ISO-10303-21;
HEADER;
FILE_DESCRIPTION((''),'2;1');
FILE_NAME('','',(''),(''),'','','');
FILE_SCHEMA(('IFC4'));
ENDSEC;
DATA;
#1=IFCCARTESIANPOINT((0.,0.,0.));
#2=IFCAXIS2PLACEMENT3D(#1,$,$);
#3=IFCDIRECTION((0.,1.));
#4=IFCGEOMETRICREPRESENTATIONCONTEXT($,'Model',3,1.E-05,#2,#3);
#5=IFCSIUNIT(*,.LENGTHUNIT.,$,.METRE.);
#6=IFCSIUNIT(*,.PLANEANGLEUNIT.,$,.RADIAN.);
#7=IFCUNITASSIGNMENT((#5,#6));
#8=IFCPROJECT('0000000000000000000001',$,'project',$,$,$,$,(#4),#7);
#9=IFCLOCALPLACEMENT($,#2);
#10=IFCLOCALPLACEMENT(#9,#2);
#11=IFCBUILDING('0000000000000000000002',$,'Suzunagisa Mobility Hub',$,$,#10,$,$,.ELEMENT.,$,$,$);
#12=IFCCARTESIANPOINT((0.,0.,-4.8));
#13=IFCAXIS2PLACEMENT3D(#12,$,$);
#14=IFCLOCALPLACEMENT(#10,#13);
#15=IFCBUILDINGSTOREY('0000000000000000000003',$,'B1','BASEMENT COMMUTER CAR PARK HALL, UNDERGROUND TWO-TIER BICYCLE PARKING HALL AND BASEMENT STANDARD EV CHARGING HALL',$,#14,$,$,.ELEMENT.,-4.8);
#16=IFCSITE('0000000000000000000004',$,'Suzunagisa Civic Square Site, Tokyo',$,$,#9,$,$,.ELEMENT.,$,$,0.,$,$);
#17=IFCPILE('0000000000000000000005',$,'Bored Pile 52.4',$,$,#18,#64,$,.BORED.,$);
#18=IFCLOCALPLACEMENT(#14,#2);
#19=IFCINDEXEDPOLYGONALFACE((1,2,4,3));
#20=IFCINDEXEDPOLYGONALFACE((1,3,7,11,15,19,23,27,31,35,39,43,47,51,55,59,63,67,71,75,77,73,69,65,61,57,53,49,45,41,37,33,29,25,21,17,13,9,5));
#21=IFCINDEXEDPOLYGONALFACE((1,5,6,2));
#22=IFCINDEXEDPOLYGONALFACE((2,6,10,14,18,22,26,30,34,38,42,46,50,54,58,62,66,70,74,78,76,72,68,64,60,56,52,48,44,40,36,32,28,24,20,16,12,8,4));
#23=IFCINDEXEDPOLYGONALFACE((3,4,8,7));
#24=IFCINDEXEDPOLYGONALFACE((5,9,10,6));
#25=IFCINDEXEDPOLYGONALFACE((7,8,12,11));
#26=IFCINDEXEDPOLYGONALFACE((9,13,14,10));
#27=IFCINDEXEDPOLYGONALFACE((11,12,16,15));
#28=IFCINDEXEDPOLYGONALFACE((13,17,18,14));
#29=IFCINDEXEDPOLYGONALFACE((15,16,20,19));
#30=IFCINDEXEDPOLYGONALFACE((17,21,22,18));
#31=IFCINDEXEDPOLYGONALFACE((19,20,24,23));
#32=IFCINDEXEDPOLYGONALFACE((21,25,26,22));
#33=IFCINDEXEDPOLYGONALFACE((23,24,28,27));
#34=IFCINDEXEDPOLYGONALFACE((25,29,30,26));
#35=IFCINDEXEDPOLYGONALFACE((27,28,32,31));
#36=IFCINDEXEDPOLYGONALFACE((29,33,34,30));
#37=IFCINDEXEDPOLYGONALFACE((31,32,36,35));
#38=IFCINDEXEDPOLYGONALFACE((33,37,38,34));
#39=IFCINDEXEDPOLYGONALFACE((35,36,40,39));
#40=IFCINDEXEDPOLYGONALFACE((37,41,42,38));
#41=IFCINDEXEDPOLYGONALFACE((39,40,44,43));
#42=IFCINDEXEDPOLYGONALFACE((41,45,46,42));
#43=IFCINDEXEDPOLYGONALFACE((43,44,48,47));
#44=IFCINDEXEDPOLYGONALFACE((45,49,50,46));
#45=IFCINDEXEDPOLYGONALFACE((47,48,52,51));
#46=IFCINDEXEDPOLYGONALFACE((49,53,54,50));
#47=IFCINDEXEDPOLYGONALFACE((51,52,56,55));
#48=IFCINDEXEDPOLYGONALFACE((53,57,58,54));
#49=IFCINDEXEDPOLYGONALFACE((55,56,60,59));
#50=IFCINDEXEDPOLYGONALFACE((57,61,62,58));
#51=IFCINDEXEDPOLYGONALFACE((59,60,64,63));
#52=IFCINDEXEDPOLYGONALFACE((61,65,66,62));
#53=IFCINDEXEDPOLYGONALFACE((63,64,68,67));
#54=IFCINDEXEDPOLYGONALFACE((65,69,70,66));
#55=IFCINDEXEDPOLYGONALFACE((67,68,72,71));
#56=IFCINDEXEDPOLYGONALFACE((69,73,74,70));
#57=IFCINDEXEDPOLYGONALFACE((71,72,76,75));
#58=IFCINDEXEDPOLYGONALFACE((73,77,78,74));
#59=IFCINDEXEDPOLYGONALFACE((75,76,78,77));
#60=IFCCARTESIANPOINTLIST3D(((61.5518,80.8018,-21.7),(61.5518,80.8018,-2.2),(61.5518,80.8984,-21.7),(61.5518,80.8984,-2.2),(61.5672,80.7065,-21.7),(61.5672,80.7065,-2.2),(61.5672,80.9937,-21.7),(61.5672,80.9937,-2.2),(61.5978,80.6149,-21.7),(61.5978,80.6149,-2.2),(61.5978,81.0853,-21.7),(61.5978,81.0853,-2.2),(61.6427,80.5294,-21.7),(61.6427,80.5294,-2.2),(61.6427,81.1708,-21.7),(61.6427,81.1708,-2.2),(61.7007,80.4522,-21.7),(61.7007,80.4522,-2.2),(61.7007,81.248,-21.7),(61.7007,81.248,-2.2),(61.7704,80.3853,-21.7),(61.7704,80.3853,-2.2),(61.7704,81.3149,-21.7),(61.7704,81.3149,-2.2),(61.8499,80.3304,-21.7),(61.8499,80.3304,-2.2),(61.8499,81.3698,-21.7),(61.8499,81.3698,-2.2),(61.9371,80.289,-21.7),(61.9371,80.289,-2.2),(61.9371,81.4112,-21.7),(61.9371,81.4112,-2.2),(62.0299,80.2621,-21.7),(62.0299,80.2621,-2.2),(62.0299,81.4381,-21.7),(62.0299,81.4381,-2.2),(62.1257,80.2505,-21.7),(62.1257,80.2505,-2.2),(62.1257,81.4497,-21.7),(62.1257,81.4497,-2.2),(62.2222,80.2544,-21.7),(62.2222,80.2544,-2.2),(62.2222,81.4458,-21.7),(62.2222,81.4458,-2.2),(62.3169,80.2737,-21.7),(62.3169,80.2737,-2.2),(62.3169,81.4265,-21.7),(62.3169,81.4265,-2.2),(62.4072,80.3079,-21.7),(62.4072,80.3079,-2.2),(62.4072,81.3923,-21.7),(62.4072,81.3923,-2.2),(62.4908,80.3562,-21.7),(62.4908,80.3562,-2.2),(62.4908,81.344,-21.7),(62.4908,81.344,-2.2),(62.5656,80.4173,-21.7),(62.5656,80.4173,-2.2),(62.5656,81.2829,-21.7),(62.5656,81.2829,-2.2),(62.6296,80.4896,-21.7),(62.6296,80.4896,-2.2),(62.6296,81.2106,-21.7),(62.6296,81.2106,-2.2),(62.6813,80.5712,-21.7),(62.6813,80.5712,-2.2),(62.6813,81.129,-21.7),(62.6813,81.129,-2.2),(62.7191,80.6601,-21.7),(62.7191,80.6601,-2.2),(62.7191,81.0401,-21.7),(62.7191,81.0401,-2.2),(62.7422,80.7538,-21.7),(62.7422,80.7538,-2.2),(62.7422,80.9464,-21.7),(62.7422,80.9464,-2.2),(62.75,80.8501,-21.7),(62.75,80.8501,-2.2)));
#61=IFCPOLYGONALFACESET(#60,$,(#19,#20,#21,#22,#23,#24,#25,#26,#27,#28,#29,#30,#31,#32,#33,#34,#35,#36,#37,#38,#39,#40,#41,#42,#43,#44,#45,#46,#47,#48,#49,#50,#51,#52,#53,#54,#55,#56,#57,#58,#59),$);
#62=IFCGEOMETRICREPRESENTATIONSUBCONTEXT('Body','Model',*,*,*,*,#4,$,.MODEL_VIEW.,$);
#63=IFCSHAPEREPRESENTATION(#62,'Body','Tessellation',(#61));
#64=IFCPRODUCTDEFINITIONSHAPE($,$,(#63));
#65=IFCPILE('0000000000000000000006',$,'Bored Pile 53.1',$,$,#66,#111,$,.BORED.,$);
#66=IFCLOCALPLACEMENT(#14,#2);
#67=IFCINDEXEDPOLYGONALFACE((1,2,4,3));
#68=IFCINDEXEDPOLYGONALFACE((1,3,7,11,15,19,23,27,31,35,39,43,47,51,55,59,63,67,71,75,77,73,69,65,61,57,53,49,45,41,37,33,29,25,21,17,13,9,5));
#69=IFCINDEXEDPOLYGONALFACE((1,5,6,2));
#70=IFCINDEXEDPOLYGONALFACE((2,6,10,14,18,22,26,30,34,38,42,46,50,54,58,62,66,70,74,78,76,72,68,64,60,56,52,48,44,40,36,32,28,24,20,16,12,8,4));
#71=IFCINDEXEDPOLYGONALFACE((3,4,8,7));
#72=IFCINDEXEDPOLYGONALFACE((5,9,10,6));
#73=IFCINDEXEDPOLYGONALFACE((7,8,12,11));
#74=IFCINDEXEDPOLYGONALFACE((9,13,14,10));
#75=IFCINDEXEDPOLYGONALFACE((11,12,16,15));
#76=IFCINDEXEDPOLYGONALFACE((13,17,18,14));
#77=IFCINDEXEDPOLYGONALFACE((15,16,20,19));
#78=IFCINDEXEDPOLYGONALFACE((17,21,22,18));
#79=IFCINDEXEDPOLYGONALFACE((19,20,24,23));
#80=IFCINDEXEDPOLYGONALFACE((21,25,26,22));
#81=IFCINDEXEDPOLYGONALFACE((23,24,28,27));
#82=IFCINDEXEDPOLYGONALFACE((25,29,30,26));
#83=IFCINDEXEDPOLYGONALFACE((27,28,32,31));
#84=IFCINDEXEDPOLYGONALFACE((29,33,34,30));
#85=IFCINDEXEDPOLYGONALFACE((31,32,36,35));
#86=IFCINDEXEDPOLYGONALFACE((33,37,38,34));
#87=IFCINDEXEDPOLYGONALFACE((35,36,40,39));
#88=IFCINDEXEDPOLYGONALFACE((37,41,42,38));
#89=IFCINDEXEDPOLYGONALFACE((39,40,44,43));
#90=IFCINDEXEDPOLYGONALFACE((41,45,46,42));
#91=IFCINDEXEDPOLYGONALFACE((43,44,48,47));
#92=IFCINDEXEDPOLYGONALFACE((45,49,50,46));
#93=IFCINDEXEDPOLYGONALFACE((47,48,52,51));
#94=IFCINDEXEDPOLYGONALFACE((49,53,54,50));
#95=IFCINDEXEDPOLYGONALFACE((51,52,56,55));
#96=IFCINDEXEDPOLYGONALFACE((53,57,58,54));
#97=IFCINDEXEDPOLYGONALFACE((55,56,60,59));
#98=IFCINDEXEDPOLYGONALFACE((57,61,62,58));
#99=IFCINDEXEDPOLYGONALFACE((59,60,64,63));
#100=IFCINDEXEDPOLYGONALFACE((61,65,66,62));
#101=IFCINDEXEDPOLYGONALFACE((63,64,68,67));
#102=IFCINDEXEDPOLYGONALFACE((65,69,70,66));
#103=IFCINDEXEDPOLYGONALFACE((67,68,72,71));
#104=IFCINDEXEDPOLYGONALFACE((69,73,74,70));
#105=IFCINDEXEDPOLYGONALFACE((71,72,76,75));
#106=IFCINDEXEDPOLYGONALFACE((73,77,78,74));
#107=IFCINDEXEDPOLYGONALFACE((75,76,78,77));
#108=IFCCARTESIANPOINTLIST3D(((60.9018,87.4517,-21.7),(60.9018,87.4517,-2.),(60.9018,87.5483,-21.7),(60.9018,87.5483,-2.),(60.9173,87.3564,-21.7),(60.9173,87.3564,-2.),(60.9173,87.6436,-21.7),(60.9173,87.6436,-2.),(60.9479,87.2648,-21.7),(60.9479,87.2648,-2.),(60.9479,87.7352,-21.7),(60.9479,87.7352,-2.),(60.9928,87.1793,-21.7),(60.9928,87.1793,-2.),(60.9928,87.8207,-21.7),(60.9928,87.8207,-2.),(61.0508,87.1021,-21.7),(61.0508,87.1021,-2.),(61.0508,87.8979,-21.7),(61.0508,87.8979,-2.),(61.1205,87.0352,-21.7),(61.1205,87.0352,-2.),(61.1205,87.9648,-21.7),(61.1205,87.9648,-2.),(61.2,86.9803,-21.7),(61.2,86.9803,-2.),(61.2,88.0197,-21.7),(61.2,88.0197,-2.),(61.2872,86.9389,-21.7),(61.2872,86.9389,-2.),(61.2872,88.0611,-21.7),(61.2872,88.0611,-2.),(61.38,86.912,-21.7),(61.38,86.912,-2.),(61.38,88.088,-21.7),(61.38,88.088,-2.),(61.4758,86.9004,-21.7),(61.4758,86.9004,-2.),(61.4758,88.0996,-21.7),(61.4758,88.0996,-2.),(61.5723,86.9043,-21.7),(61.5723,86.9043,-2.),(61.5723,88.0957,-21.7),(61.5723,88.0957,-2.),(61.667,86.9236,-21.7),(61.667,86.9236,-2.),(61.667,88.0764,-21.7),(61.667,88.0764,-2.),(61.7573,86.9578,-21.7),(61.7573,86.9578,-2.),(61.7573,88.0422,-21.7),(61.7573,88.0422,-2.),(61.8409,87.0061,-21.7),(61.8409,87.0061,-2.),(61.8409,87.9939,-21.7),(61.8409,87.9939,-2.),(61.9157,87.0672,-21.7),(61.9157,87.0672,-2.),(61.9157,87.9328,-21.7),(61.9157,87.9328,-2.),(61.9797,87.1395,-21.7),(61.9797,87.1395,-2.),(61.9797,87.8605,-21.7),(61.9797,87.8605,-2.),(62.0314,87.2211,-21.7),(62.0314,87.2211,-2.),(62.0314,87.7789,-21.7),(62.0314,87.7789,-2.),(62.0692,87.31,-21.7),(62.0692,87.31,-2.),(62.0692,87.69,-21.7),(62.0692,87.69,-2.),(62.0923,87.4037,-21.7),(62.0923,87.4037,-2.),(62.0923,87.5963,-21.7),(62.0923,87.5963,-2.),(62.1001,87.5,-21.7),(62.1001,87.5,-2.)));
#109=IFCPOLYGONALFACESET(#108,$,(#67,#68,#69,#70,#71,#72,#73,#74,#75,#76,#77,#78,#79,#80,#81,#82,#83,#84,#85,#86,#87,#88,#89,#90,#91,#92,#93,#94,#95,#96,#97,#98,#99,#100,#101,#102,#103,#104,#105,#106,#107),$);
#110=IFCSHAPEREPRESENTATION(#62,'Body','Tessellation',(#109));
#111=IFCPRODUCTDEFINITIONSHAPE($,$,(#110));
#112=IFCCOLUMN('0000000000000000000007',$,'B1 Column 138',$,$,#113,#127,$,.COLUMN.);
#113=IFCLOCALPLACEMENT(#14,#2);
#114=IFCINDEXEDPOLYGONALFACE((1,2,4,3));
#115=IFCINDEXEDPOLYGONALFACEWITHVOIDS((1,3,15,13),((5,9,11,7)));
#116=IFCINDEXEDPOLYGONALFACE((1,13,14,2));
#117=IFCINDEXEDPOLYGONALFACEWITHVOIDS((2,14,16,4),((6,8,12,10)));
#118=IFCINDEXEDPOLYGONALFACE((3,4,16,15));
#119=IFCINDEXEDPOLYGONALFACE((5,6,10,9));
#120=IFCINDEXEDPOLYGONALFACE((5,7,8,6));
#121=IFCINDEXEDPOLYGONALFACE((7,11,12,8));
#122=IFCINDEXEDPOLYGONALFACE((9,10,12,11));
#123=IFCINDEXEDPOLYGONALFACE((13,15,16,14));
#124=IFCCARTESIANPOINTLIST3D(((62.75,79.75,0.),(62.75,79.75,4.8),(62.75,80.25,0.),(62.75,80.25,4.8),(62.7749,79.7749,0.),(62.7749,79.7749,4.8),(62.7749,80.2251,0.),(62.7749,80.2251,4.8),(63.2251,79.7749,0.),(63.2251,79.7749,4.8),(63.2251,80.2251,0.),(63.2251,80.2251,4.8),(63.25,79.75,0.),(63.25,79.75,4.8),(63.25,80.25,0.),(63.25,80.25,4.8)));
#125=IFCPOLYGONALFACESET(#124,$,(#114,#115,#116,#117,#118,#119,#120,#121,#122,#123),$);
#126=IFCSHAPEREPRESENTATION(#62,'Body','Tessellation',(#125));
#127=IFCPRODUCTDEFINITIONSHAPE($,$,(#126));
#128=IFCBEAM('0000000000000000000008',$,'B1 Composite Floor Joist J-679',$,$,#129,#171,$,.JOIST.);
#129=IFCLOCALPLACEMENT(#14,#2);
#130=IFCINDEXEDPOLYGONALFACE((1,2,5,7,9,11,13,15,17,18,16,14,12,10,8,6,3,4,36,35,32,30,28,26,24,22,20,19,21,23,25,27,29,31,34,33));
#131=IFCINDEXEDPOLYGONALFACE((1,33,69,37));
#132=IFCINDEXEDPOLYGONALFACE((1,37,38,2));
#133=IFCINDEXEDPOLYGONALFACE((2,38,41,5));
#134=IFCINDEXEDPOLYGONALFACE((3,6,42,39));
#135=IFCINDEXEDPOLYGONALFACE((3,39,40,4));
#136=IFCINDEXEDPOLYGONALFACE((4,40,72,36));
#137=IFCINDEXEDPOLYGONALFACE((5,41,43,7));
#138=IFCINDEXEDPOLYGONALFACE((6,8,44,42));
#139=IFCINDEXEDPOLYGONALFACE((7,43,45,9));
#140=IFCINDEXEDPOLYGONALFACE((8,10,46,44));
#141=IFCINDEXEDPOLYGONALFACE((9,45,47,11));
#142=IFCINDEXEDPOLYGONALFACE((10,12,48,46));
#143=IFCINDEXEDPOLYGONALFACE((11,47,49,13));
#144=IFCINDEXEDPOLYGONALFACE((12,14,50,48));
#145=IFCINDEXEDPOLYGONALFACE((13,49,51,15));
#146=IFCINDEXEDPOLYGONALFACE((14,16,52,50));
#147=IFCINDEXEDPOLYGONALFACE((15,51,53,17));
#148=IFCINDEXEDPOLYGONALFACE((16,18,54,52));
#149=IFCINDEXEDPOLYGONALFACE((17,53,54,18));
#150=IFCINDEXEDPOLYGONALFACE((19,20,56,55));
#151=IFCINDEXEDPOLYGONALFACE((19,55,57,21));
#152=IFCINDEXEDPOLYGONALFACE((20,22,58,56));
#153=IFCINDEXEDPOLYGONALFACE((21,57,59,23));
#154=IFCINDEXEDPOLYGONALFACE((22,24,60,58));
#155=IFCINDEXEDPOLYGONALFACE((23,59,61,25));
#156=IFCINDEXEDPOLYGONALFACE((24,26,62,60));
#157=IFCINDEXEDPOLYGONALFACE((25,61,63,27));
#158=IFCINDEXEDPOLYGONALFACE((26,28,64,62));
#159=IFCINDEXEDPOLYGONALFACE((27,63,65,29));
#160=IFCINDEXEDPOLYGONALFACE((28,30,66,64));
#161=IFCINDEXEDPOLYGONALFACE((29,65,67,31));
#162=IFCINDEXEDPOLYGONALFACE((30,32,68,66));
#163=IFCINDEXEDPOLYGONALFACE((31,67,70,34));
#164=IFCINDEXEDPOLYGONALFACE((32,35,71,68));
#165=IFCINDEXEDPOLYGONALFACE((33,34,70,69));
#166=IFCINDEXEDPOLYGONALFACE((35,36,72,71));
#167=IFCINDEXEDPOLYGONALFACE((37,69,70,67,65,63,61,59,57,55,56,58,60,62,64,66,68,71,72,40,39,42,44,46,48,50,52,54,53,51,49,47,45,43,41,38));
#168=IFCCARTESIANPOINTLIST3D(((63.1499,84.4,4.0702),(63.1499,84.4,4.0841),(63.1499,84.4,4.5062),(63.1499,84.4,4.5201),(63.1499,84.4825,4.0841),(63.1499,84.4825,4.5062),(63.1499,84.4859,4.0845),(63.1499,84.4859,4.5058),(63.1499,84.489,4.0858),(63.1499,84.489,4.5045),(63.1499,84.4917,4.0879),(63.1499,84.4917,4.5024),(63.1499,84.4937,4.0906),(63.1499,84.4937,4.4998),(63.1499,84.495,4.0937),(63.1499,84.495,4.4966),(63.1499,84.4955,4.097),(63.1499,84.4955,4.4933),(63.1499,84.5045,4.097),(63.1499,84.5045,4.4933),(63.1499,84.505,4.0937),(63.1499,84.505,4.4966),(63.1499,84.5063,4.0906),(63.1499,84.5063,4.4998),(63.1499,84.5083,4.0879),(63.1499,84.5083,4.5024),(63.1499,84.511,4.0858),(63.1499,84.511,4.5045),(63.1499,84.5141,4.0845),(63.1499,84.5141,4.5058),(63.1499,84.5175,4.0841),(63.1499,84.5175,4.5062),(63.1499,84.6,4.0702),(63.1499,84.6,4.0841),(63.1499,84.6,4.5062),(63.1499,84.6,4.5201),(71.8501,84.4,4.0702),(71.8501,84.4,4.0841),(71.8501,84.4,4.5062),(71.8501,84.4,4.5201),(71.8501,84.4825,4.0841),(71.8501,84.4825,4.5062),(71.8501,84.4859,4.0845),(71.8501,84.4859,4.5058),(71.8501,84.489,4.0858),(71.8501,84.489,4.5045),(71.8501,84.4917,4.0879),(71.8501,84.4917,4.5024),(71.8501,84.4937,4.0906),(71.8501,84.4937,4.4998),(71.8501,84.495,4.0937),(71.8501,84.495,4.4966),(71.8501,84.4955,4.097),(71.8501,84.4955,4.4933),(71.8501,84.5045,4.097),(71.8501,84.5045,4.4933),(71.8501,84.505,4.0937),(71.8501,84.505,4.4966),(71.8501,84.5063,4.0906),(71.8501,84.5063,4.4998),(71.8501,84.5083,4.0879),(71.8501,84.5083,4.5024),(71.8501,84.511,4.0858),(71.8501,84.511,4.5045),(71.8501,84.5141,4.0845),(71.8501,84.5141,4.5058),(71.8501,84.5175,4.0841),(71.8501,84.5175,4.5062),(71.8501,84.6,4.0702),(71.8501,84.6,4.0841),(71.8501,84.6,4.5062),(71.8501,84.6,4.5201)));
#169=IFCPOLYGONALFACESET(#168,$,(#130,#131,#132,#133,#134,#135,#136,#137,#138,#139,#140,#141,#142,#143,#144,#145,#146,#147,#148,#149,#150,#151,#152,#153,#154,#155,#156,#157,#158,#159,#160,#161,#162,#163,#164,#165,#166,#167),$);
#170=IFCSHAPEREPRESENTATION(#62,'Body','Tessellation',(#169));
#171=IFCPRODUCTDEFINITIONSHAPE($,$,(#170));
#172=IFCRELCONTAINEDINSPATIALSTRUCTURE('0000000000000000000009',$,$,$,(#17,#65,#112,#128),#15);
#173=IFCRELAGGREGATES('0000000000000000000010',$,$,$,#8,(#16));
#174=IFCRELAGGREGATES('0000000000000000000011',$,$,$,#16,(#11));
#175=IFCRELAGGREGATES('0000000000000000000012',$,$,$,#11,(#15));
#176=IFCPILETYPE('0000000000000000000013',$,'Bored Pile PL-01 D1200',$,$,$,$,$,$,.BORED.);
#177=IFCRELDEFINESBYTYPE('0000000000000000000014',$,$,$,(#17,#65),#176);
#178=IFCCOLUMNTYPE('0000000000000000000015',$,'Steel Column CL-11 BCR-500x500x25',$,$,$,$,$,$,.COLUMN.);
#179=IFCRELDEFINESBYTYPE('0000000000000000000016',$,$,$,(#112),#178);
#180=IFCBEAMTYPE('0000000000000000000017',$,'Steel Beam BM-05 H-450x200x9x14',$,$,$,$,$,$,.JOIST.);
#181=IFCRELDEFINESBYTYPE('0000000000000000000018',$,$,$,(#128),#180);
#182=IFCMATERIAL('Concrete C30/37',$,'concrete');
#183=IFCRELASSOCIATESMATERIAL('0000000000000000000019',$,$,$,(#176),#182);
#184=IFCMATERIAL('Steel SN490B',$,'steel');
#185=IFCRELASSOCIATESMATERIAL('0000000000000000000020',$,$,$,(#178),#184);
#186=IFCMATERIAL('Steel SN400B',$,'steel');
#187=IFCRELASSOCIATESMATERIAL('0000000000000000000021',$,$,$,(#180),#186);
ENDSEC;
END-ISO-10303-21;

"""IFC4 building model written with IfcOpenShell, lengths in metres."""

from ifc_helpers import new_model, si_unit, direction, frame, origin, origin_2d, place, context, subcontext, project, spatial, hollow_rectangle, circle, i_section, extrude, material, material_profile, profile_set, type_object, element, save


model = new_model("IFC4")

# Units and contexts
model_context = context("Model", 3, precision=1e-05, world=origin(), true_north=direction((0.0, 1.0)))
body_context = subcontext(model_context, "Body", "Model", "MODEL_VIEW")
ifc_project = project(units=[si_unit("LENGTHUNIT", "METRE"), si_unit("PLANEANGLEUNIT", "RADIAN")], contexts=[model_context])

# Site, building, storey
site_placement = place(None, origin())
site = spatial("IfcSite", under=ifc_project, at=site_placement, Name="Suzunagisa Civic Square Site, Tokyo", CompositionType="ELEMENT", RefElevation=0.0)
building_placement = place(site_placement, origin())
building = spatial("IfcBuilding", under=site, at=building_placement, Name="Suzunagisa Mobility Hub", CompositionType="ELEMENT")
storey_placement = place(building_placement, frame((0.0, 0.0, -4.8)))
storey = spatial("IfcBuildingStorey", under=building, at=storey_placement, Name="B1", Description="BASEMENT COMMUTER CAR PARK HALL, UNDERGROUND TWO-TIER BICYCLE PARKING HALL AND BASEMENT STANDARD EV CHARGING HALL", CompositionType="ELEMENT", Elevation=-4.8)

# Piles
ifc_material_1 = material(Name="Concrete C30/37", Category="concrete")
ifc_material_profile_1 = material_profile(ifc_material_1, circle(Radius=0.6001, at=origin_2d()), Name="BORED PILE D1200")
ifc_profile_set_1 = profile_set([ifc_material_profile_1], Name="Concrete C30/37")
pile_type = type_object("IfcPileType", Name="Bored Pile PL-01 D1200", PredefinedType="BORED", material=ifc_profile_set_1)
for number, where, z_axis, x_axis, name in (
    (1, (62.1499, 80.8501, -2.2), (0.0, 0.0, -1.0), (1.0, 0.0, 0.0), "Bored Pile 52.4"),
):
    element("IfcPile", number, at=place(storey_placement, frame(where, z_axis=z_axis, x_axis=x_axis)), inside=storey, type_object=pile_type, Name=name, PredefinedType="BORED", context=body_context, shape_type="SweptSolid", body=[
        extrude(circle(Radius=0.6001, at=origin_2d()), origin(), (0.0, 0.0, 1.0), 19.5),
    ])
pile_1_placement = place(storey_placement, frame((61.5, 87.5, -2.0), z_axis=(0.0, 0.0, -1.0), x_axis=(1.0, 0.0, 0.0)))
element("IfcPile", 2, at=pile_1_placement, inside=storey, type_object=pile_type, Name="Bored Pile 53.1", PredefinedType="BORED", context=body_context, shape_type="SweptSolid", body=[
    extrude(circle(Radius=0.6001, at=origin_2d()), origin(), (0.0, 0.0, 1.0), 19.7),
])

# Column
ifc_material_2 = material(Name="Steel SN490B", Category="steel")
ifc_material_profile_2 = material_profile(ifc_material_2, hollow_rectangle(XDim=0.5, YDim=0.5, WallThickness=0.0249, at=origin_2d()), Name="BCR-500x500x25")
ifc_profile_set_2 = profile_set([ifc_material_profile_2], Name="Steel SN490B")
column_type = type_object("IfcColumnType", Name="Steel Column CL-11 BCR-500x500x25", PredefinedType="COLUMN", material=ifc_profile_set_2)
column_placement = place(storey_placement, frame((63.0, 80.0, 0.0), z_axis=(0.0, 0.0, 1.0), x_axis=(1.0, 0.0, 0.0)))
element("IfcColumn", 3, at=column_placement, inside=storey, type_object=column_type, Name="B1 Column 138", PredefinedType="COLUMN", context=body_context, shape_type="SweptSolid", body=[
    extrude(hollow_rectangle(XDim=0.5, YDim=0.5, WallThickness=0.0249, at=origin_2d()), origin(), (0.0, 0.0, 1.0), 4.8),
])

# Beam
ifc_material_3 = material(Name="Steel SN400B", Category="steel")
ifc_material_profile_3 = material_profile(ifc_material_3, i_section(OverallWidth=0.2, OverallDepth=0.45, WebThickness=0.009, FlangeThickness=0.0139, FilletRadius=0.0129, at=origin_2d()), Name="H-450x200x9x14")
ifc_profile_set_3 = profile_set([ifc_material_profile_3], Name="Steel SN400B")
beam_type_1 = type_object("IfcBeamType", Name="Steel Beam BM-05 H-450x200x9x14", PredefinedType="JOIST", material=ifc_profile_set_3)
beam_1_placement = place(storey_placement, frame((63.1499, 84.5, 4.2952), z_axis=(1.0, 0.0, 0.0), x_axis=(0.0, 1.0, 0.0)))
element("IfcBeam", 4, at=beam_1_placement, inside=storey, type_object=beam_type_1, Name="B1 Composite Floor Joist J-679", PredefinedType="JOIST", context=body_context, shape_type="SweptSolid", body=[
    extrude(i_section(OverallWidth=0.2, OverallDepth=0.45, WebThickness=0.009, FlangeThickness=0.0139, FilletRadius=0.0129, at=origin_2d()), origin(), (0.0, 0.0, 1.0), 8.7002),
])

save(model, "model.ifc")
